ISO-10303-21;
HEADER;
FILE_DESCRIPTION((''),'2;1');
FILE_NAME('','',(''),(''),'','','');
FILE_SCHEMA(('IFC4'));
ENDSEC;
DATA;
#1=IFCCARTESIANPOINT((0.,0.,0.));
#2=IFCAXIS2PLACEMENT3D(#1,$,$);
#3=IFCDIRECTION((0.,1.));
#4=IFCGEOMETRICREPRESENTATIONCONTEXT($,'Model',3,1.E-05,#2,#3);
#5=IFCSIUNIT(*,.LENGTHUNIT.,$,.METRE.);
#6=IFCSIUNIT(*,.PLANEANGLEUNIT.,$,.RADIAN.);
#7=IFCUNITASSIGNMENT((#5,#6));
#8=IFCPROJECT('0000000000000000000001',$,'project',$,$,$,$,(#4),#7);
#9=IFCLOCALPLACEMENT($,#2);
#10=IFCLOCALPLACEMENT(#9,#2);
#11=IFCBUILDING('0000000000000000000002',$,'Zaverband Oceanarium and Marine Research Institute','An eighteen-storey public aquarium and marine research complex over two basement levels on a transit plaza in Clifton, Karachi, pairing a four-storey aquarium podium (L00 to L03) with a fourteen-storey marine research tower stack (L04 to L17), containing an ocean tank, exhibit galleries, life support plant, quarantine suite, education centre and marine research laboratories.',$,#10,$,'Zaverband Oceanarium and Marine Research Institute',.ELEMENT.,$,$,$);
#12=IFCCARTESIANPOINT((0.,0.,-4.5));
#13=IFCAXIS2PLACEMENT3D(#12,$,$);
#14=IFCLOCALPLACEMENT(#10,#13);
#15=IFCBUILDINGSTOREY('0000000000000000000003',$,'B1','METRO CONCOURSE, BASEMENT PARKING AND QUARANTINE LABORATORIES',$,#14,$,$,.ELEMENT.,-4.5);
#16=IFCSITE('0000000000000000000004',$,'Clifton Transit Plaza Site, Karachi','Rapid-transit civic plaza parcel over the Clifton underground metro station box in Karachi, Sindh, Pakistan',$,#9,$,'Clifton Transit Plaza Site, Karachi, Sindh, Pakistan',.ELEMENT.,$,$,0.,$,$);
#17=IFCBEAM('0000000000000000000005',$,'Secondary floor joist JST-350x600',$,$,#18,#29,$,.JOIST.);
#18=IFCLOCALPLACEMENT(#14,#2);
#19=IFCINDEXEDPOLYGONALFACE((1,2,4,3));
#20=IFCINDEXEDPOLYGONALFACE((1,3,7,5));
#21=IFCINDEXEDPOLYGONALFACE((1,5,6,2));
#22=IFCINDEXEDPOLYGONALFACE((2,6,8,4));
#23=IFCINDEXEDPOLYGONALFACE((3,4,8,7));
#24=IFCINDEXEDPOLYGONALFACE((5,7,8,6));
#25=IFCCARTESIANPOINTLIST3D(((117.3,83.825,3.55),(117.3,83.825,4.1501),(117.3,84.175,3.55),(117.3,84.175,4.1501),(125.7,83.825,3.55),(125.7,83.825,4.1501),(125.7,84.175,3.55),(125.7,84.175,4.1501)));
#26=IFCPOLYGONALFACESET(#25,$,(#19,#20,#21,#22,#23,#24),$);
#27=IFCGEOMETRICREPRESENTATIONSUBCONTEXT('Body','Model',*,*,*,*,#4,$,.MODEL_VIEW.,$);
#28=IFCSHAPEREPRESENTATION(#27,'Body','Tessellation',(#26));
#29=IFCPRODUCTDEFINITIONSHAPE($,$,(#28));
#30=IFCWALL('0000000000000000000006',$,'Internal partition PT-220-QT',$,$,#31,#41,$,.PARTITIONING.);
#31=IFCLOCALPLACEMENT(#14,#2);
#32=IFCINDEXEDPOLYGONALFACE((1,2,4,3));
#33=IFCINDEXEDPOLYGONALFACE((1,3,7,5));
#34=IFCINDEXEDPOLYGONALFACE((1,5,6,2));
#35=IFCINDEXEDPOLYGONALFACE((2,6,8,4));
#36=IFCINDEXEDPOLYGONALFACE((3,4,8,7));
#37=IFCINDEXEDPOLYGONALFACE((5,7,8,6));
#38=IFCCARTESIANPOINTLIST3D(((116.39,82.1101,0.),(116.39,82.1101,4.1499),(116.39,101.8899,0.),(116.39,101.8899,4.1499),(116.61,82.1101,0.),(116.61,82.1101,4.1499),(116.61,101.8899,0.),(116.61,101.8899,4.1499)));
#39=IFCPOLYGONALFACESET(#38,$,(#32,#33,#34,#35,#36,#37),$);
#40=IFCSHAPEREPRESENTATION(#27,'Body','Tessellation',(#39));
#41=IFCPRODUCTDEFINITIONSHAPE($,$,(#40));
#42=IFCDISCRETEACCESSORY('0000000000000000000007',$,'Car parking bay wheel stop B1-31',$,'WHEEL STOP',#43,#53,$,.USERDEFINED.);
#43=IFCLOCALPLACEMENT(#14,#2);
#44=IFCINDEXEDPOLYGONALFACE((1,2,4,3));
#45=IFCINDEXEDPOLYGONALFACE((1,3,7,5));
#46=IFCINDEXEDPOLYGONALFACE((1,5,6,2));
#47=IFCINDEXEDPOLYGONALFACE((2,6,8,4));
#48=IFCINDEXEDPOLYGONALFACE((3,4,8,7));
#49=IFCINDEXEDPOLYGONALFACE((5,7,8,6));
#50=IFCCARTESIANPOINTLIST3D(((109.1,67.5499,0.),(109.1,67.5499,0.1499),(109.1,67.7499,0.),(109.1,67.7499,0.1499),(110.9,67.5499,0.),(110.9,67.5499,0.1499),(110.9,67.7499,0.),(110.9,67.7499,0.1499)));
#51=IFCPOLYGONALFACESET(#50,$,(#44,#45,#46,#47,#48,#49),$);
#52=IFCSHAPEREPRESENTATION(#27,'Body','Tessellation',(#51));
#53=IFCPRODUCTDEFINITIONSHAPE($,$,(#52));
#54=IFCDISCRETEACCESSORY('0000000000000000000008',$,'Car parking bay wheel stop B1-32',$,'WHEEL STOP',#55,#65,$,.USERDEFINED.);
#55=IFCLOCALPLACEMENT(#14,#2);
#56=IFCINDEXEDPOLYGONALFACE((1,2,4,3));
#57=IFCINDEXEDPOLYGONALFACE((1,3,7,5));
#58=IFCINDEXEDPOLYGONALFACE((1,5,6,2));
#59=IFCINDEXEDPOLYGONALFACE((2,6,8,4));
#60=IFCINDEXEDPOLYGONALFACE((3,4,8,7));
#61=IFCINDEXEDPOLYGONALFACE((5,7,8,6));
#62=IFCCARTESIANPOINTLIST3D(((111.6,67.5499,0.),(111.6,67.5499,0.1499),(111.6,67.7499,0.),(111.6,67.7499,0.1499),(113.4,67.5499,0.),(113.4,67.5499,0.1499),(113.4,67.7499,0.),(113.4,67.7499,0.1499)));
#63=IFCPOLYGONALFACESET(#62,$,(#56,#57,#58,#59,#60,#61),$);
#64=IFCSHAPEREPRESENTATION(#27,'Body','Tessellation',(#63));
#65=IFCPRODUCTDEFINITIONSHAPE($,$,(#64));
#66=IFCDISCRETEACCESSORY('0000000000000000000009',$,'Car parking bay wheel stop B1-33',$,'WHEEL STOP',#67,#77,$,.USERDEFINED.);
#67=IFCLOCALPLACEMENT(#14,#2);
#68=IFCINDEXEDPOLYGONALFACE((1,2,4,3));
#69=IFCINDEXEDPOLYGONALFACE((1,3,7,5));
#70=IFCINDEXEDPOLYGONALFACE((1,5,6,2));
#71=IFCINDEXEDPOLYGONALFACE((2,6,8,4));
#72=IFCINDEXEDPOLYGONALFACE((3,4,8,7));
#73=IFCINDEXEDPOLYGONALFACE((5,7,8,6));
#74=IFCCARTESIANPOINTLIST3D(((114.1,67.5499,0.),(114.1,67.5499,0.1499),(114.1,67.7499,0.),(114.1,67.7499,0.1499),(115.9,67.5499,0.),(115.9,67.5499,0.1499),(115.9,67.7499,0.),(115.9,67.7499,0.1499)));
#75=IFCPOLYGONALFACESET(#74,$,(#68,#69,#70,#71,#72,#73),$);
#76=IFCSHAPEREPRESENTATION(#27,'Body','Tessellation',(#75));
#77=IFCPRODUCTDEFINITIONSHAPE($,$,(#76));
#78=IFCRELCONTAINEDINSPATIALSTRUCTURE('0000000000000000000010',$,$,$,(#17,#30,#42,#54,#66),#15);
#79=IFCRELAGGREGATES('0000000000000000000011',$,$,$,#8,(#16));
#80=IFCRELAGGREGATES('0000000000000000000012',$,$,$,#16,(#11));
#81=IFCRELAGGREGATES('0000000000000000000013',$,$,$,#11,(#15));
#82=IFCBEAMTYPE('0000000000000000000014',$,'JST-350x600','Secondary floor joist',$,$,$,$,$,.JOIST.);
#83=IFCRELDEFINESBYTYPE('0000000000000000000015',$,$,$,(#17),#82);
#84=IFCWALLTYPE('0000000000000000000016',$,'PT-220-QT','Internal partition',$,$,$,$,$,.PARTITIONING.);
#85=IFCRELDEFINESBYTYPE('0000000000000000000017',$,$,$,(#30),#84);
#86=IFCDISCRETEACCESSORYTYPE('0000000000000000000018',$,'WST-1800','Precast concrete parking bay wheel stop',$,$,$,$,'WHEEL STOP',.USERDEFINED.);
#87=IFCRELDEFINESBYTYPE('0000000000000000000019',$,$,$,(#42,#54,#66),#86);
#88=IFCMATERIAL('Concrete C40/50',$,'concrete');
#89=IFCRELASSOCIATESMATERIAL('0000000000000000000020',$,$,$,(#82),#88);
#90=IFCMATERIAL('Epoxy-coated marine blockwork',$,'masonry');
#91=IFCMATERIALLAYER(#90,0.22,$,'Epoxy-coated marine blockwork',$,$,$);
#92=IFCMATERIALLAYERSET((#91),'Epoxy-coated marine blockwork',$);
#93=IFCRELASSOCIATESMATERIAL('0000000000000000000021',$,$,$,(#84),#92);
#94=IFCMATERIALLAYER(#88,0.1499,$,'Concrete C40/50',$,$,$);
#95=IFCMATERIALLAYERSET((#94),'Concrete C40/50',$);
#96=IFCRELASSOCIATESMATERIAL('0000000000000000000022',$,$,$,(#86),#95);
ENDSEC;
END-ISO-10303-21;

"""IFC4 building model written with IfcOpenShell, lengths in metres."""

from ifc_helpers import new_model, si_unit, direction, frame, frame_2d, origin, origin_2d, place, context, subcontext, project, spatial, rectangle, extrude, material, layer, layer_set, material_profile, profile_set, type_object, element, save


model = new_model("IFC4")

# Units and contexts
model_context = context("Model", 3, precision=1e-05, world=origin(), true_north=direction((0.0, 1.0)))
body_context = subcontext(model_context, "Body", "Model", "MODEL_VIEW")
ifc_project = project(units=[si_unit("LENGTHUNIT", "METRE"), si_unit("PLANEANGLEUNIT", "RADIAN")], contexts=[model_context])

# Site, building, storey
site_placement = place(None, origin())
site = spatial("IfcSite", under=ifc_project, at=site_placement, Name="Clifton Transit Plaza Site, Karachi", Description="Rapid-transit civic plaza parcel over the Clifton underground metro station box in Karachi, Sindh, Pakistan", LongName="Clifton Transit Plaza Site, Karachi, Sindh, Pakistan", CompositionType="ELEMENT", RefElevation=0.0)
building_placement = place(site_placement, origin())
building = spatial("IfcBuilding", under=site, at=building_placement, Name="Zaverband Oceanarium and Marine Research Institute", Description="An eighteen-storey public aquarium and marine research complex over two basement levels on a transit plaza in Clifton, Karachi, pairing a four-storey aquarium podium (L00 to L03) with a fourteen-storey marine research tower stack (L04 to L17), containing an ocean tank, exhibit galleries, life support plant, quarantine suite, education centre and marine research laboratories.", LongName="Zaverband Oceanarium and Marine Research Institute", CompositionType="ELEMENT")
storey_placement = place(building_placement, frame((0.0, 0.0, -4.5)))
storey = spatial("IfcBuildingStorey", under=building, at=storey_placement, Name="B1", Description="METRO CONCOURSE, BASEMENT PARKING AND QUARANTINE LABORATORIES", CompositionType="ELEMENT", Elevation=-4.5)

# Beam
ifc_material_1 = material(Name="Concrete C40/50", Category="concrete")
ifc_material_profile_1 = material_profile(ifc_material_1, rectangle(XDim=0.3501, YDim=0.6001, at=origin_2d()), Name="RC350x600")
ifc_profile_set_1 = profile_set([ifc_material_profile_1], Name="Concrete C40/50")
beam_type_1 = type_object("IfcBeamType", Name="JST-350x600", Description="Secondary floor joist", PredefinedType="JOIST", material=ifc_profile_set_1)
for number, where, z_axis, x_axis, name in (
    (1, (117.3, 84.0, 3.8501), (1.0, 0.0, 0.0), (0.0, 1.0, 0.0), "Secondary floor joist JST-350x600"),
):
    element("IfcBeam", number, at=place(storey_placement, frame(where, z_axis=z_axis, x_axis=x_axis)), inside=storey, type_object=beam_type_1, Name=name, PredefinedType="JOIST", context=body_context, shape_type="SweptSolid", body=[
        extrude(rectangle(XDim=0.3501, YDim=0.6001, at=origin_2d()), origin(), (0.0, 0.0, 1.0), 8.3999),
    ])

# Wall
ifc_material_2 = material(Name="Epoxy-coated marine blockwork", Category="masonry")
ifc_layer_1 = layer(ifc_material_2, 0.22, Name="Epoxy-coated marine blockwork")
ifc_layer_set_1 = layer_set([ifc_layer_1], Name="Epoxy-coated marine blockwork")
wall_type = type_object("IfcWallType", Name="PT-220-QT", Description="Internal partition", PredefinedType="PARTITIONING", material=ifc_layer_set_1)
wall_placement = place(storey_placement, frame((116.5, 82.1101, 0.0), z_axis=(0.0, 0.0, 1.0), x_axis=(0.0, 1.0, 0.0)))
element("IfcWall", 2, at=wall_placement, inside=storey, type_object=wall_type, Name="Internal partition PT-220-QT", PredefinedType="PARTITIONING", context=body_context, shape_type="SweptSolid", body=[
    extrude(rectangle(XDim=19.7798, YDim=0.22, at=frame_2d((9.8899, 0.0))), origin(), (0.0, 0.0, 1.0), 4.1499),
])

# Discrete accessories
ifc_layer_2 = layer(ifc_material_1, 0.1499, Name="Concrete C40/50")
ifc_layer_set_2 = layer_set([ifc_layer_2], Name="Concrete C40/50")
discrete_accessory_type = type_object("IfcDiscreteAccessoryType", Name="WST-1800", Description="Precast concrete parking bay wheel stop", ElementType="WHEEL STOP", PredefinedType="USERDEFINED", material=ifc_layer_set_2)
for number, where, z_axis, x_axis, name in (
    (3, (110.0, 67.6499, 0.0), (0.0, 0.0, 1.0), (1.0, 0.0, 0.0), "Car parking bay wheel stop B1-31"),
    (4, (112.5, 67.6499, 0.0), (0.0, 0.0, 1.0), (1.0, 0.0, 0.0), "Car parking bay wheel stop B1-32"),
    (5, (115.0, 67.6499, 0.0), (0.0, 0.0, 1.0), (1.0, 0.0, 0.0), "Car parking bay wheel stop B1-33"),
):
    element("IfcDiscreteAccessory", number, at=place(storey_placement, frame(where, z_axis=z_axis, x_axis=x_axis)), inside=storey, type_object=discrete_accessory_type, Name=name, ObjectType="WHEEL STOP", PredefinedType="USERDEFINED", context=body_context, shape_type="SweptSolid", body=[
        extrude(rectangle(XDim=1.8, YDim=0.2, at=origin_2d()), origin(), (0.0, 0.0, 1.0), 0.1499),
    ])

save(model, "model.ifc")
